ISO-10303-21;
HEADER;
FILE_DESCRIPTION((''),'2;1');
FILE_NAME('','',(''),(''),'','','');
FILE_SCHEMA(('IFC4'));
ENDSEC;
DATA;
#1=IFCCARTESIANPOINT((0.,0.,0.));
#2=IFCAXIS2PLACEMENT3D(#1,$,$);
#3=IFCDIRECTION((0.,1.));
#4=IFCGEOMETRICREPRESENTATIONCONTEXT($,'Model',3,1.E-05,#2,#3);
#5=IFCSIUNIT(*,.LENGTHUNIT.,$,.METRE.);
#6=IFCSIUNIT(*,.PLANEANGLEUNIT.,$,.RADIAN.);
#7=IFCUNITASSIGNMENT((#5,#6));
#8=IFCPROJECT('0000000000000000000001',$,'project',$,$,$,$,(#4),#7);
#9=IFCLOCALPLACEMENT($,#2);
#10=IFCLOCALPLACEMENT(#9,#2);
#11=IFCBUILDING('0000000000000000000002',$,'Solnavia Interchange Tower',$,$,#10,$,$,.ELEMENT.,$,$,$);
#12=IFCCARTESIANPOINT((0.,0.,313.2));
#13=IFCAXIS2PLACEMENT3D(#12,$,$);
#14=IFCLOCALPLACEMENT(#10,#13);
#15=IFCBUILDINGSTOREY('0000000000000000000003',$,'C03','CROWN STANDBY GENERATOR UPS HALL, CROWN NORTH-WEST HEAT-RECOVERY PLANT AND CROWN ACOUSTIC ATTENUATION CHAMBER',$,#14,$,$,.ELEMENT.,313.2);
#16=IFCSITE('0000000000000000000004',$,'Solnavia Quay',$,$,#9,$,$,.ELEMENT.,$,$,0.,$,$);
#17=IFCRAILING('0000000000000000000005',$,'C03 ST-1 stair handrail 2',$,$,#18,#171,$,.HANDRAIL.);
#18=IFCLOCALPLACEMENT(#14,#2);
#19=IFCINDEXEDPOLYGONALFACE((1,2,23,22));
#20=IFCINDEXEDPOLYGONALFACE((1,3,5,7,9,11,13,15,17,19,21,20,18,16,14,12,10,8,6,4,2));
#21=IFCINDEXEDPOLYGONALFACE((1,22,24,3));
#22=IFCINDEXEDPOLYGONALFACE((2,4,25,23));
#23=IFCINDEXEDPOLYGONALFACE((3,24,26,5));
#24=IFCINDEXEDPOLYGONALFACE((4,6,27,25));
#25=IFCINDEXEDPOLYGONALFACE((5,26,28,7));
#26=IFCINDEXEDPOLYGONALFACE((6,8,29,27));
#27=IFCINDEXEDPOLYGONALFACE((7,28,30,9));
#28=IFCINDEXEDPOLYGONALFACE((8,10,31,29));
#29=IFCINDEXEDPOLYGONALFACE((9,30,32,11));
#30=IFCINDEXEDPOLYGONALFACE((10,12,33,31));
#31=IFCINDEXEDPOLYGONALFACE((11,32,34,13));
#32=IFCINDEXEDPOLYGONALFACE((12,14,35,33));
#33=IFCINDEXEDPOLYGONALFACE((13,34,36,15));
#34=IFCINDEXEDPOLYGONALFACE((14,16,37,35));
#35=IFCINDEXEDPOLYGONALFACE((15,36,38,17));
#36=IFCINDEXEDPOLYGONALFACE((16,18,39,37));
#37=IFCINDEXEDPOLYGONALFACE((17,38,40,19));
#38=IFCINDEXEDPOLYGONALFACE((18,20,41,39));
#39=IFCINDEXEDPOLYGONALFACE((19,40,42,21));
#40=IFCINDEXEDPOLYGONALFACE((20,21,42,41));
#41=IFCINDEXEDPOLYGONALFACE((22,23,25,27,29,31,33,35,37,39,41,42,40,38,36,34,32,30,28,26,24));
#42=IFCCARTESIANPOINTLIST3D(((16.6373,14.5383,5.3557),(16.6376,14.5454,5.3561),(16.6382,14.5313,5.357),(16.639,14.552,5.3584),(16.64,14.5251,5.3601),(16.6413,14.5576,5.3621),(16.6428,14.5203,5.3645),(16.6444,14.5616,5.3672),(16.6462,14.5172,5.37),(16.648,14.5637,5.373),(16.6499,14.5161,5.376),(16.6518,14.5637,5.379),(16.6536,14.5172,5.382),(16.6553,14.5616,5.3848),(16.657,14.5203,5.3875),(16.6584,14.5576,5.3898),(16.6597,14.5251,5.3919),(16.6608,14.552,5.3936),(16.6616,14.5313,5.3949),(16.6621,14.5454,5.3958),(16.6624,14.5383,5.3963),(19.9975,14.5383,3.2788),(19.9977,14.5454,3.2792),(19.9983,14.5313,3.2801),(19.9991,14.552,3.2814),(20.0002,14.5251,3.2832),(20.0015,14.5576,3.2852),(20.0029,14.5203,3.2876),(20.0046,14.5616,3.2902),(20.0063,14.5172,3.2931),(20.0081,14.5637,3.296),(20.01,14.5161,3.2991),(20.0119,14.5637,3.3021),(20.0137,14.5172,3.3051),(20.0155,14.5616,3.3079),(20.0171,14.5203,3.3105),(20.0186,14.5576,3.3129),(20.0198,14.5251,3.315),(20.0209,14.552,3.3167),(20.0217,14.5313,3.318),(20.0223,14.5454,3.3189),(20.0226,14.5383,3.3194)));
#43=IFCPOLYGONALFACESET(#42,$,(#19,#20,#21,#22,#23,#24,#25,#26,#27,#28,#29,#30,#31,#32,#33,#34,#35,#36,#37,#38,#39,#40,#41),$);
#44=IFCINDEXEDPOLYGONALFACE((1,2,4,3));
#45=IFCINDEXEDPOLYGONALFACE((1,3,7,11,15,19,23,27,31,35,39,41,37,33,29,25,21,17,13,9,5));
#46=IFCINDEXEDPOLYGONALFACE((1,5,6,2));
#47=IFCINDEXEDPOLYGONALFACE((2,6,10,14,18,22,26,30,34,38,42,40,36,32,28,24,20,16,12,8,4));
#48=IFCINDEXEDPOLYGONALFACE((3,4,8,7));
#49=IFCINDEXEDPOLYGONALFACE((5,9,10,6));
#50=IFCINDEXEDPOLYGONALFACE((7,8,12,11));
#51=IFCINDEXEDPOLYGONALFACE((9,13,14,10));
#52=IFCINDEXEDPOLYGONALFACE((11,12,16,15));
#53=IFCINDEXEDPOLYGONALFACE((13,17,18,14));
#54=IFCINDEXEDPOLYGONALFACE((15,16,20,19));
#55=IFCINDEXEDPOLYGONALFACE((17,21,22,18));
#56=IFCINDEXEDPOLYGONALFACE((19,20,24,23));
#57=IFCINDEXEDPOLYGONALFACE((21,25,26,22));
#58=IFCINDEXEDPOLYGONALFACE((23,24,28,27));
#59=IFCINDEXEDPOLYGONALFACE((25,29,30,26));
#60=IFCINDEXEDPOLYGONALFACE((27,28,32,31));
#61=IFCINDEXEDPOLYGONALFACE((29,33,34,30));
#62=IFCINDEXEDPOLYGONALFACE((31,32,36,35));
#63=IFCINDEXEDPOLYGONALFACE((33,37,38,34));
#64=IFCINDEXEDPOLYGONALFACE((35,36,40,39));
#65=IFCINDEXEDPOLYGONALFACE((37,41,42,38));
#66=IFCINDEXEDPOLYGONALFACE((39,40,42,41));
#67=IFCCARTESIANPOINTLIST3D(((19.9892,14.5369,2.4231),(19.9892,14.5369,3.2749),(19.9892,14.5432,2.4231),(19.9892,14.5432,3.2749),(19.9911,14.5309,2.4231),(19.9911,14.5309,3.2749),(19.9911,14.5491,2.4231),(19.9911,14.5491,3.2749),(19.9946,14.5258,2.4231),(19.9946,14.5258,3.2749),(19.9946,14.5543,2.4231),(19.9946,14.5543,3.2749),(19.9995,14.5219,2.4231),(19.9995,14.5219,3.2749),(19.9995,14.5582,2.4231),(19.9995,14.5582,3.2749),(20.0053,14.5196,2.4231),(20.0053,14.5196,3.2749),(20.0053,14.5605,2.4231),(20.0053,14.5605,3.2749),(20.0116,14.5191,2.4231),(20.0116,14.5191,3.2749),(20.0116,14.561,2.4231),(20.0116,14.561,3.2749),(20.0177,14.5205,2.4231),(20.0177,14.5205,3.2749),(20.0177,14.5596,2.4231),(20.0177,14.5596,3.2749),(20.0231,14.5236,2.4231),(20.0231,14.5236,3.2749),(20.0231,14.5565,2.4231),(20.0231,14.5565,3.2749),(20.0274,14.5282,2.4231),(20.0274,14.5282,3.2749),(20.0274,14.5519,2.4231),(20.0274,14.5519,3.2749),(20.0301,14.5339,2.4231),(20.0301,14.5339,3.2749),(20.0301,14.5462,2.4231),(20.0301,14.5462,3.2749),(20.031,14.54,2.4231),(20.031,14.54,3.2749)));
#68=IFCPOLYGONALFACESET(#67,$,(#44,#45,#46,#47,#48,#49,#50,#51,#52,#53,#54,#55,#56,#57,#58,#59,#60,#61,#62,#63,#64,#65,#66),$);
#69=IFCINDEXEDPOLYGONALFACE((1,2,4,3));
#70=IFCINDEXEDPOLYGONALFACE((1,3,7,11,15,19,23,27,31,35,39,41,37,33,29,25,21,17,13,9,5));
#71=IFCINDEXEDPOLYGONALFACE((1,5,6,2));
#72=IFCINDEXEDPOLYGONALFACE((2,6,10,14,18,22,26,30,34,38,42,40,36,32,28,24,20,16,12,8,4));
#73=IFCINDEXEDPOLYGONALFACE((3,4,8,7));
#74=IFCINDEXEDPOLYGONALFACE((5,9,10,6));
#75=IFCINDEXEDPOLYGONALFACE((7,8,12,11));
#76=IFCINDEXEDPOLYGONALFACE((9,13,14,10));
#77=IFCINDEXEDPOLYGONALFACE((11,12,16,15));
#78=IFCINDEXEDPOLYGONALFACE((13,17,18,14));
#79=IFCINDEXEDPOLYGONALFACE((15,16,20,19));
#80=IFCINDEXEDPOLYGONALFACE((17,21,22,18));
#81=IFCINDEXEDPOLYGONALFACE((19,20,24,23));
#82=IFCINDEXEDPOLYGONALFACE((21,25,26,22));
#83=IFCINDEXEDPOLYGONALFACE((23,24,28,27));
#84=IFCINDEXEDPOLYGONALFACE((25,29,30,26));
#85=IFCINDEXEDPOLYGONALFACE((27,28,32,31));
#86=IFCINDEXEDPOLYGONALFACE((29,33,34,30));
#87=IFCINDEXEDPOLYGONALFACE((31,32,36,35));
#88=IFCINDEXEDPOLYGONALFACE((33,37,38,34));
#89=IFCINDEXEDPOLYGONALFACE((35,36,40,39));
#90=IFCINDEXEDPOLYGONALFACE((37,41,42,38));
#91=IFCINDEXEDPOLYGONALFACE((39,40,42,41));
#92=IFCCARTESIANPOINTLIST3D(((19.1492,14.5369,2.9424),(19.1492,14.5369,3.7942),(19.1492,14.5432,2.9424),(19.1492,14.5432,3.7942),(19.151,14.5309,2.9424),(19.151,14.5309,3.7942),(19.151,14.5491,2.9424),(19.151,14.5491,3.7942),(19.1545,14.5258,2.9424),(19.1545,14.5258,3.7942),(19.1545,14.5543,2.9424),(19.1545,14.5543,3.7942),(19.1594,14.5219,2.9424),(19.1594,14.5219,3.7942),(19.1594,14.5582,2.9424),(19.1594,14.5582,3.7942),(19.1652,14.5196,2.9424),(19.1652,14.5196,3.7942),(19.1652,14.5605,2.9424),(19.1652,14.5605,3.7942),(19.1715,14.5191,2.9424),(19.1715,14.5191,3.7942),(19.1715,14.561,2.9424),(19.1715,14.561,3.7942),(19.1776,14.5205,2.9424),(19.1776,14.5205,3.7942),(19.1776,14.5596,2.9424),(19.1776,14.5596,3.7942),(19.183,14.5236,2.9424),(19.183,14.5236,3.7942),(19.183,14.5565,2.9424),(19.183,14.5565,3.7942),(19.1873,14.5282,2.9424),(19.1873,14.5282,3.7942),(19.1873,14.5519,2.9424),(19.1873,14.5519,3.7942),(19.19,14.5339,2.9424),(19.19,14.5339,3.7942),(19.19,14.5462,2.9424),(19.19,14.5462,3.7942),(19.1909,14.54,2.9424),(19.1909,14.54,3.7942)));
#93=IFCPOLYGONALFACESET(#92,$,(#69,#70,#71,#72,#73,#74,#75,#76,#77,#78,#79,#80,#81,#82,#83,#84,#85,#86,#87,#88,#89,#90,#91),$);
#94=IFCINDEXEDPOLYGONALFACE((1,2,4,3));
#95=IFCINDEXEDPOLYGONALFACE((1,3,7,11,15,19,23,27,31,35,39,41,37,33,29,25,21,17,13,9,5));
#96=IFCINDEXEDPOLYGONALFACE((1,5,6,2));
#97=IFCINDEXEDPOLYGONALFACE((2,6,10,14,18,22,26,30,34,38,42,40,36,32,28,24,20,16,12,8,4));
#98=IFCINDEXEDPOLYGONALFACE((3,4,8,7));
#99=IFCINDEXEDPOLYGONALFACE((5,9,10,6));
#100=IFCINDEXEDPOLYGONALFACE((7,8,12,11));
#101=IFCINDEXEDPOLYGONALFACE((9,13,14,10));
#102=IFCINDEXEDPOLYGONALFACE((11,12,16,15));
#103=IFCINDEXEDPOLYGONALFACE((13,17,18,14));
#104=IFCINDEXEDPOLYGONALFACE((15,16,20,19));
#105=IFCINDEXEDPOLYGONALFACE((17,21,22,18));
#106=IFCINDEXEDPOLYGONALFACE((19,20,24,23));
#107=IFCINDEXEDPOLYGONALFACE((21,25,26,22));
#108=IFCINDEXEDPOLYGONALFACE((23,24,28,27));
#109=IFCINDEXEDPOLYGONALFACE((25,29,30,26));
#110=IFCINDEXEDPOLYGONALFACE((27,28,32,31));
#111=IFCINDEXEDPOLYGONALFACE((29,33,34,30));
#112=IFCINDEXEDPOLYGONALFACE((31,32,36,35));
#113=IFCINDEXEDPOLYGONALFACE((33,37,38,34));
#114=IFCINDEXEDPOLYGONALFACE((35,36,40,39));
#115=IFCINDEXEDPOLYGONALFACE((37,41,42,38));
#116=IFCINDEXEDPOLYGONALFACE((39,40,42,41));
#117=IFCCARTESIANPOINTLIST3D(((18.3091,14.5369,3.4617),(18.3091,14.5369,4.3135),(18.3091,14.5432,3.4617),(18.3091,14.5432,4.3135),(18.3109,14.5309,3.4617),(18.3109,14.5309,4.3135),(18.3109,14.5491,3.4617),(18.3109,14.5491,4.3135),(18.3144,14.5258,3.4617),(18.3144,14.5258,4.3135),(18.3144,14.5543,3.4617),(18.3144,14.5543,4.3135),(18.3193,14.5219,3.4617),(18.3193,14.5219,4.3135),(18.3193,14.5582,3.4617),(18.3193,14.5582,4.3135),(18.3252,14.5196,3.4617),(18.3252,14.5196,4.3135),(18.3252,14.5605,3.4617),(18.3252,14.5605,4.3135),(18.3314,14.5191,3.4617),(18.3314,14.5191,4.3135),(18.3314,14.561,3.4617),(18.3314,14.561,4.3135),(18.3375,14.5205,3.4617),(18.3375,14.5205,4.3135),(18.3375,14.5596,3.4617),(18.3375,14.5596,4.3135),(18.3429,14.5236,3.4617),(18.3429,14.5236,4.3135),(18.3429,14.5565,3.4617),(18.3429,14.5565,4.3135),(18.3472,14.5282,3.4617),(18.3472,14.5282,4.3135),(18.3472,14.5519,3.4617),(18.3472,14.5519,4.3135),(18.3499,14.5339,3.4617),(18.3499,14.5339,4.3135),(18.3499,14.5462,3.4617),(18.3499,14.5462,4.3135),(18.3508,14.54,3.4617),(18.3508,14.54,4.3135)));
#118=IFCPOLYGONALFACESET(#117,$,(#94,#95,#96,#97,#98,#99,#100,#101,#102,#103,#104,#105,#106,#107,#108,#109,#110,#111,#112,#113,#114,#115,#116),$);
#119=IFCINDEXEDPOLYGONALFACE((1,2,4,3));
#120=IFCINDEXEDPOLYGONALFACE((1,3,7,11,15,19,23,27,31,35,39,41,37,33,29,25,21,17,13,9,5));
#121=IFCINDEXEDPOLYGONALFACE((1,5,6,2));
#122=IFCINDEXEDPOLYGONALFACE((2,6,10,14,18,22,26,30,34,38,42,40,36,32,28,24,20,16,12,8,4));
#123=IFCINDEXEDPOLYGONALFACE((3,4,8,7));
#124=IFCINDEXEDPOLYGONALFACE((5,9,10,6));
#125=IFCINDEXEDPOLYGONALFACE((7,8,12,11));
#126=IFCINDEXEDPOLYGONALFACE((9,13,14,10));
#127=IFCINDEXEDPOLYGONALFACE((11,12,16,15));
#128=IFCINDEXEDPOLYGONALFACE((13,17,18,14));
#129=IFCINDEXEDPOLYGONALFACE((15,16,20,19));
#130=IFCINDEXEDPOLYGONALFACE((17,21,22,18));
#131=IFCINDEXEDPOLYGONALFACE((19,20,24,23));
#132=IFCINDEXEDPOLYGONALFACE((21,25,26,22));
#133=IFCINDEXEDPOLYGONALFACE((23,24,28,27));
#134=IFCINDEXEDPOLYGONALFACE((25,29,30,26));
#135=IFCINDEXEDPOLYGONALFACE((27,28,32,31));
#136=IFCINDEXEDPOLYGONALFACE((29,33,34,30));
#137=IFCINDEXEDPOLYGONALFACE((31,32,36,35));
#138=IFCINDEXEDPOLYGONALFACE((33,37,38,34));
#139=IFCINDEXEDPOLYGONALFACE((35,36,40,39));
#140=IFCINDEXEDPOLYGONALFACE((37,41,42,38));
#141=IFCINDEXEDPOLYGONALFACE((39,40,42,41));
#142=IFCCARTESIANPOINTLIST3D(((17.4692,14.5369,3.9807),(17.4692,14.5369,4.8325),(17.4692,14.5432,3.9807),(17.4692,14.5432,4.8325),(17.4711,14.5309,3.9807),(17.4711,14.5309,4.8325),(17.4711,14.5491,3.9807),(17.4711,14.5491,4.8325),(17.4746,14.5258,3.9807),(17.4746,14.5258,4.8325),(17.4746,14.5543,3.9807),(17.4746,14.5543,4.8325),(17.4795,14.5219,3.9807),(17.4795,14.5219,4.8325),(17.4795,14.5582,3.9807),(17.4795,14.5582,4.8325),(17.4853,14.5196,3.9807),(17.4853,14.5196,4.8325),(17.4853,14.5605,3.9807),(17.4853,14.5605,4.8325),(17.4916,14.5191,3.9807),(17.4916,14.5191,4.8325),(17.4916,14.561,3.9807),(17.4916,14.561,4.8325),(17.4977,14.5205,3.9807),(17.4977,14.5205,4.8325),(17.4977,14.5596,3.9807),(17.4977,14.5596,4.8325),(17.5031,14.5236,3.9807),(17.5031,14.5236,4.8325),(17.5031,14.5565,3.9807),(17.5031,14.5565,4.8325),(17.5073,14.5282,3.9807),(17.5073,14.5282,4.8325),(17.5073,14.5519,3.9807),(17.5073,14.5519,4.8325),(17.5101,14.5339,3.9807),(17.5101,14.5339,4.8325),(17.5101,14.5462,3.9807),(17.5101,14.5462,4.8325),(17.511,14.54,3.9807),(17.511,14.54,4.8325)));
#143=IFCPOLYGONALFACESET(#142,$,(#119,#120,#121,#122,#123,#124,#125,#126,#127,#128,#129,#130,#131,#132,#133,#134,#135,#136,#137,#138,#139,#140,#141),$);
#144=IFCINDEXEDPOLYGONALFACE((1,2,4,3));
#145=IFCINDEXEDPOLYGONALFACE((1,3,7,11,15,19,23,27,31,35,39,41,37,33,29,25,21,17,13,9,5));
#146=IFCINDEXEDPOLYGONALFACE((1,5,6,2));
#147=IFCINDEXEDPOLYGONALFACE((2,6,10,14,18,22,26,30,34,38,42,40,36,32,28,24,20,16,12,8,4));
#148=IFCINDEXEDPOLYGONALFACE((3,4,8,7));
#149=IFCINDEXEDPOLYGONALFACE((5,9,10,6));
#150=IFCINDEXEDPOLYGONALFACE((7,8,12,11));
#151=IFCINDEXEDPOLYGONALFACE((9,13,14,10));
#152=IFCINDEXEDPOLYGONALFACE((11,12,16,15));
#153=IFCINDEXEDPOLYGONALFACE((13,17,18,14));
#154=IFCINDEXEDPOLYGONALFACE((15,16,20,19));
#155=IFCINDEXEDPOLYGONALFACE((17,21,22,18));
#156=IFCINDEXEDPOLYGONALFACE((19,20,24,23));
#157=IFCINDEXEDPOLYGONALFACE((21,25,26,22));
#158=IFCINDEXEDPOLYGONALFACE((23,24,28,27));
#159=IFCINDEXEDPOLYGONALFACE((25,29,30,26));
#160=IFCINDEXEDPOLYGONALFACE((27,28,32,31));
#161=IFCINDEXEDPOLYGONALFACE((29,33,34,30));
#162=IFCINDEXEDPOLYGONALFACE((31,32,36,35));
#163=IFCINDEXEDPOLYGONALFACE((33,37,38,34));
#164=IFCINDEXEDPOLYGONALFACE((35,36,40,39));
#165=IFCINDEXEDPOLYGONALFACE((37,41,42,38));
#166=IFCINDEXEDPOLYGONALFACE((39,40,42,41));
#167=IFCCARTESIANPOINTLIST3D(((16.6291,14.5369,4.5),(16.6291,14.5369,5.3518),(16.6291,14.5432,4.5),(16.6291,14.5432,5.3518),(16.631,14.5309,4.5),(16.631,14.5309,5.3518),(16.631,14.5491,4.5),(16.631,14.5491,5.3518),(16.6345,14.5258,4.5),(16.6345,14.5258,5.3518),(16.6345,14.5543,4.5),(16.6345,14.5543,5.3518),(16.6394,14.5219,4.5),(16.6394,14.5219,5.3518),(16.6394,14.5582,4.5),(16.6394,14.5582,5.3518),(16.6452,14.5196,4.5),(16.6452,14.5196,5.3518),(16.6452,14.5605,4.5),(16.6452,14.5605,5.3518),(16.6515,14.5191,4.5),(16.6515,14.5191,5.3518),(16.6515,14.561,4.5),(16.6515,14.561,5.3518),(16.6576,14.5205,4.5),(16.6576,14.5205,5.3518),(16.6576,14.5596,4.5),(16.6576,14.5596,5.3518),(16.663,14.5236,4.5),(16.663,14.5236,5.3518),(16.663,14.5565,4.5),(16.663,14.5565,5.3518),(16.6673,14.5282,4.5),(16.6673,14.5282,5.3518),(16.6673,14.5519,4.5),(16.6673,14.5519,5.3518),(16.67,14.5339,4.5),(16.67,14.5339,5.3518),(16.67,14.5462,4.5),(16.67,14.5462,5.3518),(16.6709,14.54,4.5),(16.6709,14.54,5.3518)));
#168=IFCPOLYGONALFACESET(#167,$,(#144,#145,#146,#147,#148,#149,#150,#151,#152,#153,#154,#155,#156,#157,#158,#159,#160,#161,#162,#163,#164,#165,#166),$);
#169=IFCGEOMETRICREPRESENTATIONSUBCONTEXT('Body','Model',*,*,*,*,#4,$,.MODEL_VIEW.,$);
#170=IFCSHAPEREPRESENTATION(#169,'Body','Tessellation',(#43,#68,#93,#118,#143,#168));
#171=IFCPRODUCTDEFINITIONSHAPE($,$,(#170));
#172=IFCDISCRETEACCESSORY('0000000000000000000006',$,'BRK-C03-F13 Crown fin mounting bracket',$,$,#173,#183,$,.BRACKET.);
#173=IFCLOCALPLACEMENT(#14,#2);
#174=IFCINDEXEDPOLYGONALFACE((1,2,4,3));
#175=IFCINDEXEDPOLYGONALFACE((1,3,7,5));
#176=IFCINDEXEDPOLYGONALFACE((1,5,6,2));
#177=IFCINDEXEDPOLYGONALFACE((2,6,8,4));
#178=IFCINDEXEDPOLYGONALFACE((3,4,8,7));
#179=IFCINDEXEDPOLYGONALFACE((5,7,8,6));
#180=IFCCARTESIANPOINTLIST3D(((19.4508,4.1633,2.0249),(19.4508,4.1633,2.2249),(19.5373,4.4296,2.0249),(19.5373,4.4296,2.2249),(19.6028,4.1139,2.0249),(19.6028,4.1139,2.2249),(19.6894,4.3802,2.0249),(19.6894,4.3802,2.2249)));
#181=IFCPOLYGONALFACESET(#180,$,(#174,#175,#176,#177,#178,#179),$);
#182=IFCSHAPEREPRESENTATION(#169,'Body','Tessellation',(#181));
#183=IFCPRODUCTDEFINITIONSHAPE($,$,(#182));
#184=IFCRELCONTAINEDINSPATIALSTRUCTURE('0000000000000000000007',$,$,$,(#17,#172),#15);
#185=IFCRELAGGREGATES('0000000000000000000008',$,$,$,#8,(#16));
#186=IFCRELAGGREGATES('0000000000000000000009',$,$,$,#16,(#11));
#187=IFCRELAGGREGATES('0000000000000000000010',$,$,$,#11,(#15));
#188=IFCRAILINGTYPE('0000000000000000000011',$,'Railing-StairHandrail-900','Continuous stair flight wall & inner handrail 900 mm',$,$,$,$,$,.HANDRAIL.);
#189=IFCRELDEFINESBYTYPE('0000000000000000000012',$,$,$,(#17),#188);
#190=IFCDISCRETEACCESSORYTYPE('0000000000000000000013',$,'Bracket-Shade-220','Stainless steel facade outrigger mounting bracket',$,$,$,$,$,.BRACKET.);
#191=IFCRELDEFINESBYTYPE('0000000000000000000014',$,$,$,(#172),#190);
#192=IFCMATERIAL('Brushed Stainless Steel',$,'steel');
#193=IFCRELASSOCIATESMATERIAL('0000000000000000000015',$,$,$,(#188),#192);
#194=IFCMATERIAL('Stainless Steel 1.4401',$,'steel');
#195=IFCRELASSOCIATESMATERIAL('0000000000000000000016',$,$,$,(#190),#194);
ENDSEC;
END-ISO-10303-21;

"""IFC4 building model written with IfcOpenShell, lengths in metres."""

from ifc_helpers import new_model, si_unit, direction, frame, origin, origin_2d, place, context, subcontext, project, spatial, rectangle, circle, extrude, material, type_object, element, save


model = new_model("IFC4")

# Units and contexts
model_context = context("Model", 3, precision=1e-05, world=origin(), true_north=direction((0.0, 1.0)))
body_context = subcontext(model_context, "Body", "Model", "MODEL_VIEW")
ifc_project = project(units=[si_unit("LENGTHUNIT", "METRE"), si_unit("PLANEANGLEUNIT", "RADIAN")], contexts=[model_context])

# Site, building, storey
site_placement = place(None, origin())
site = spatial("IfcSite", under=ifc_project, at=site_placement, Name="Solnavia Quay", CompositionType="ELEMENT", RefElevation=0.0)
building_placement = place(site_placement, origin())
building = spatial("IfcBuilding", under=site, at=building_placement, Name="Solnavia Interchange Tower", CompositionType="ELEMENT")
storey_placement = place(building_placement, frame((0.0, 0.0, 313.2)))
storey = spatial("IfcBuildingStorey", under=building, at=storey_placement, Name="C03", Description="CROWN STANDBY GENERATOR UPS HALL, CROWN NORTH-WEST HEAT-RECOVERY PLANT AND CROWN ACOUSTIC ATTENUATION CHAMBER", CompositionType="ELEMENT", Elevation=313.2)

# Railing
ifc_material_1 = material(Name="Brushed Stainless Steel", Category="steel")
railing_type_1 = type_object("IfcRailingType", Name="Railing-StairHandrail-900", Description="Continuous stair flight wall & inner handrail 900 mm", PredefinedType="HANDRAIL", material=ifc_material_1)
railing_1_placement = place(storey_placement, frame((20.01, 14.54, 2.4231)))
element("IfcRailing", 1, at=railing_1_placement, inside=storey, type_object=railing_type_1, Name="C03 ST-1 stair handrail 2", PredefinedType="HANDRAIL", context=body_context, shape_type="SweptSolid", body=[
    extrude(circle(Radius=0.0239, at=origin_2d()), frame((0.0, 0.0, 0.876), z_axis=(-0.850623, 0.0, 0.525776), x_axis=(0.0, -1.0, 0.0)), (0.0, 0.0, 1.0), 3.9502),
    extrude(circle(Radius=0.021, at=origin_2d()), origin(), (0.0, 0.0, 1.0), 0.8518),
    extrude(circle(Radius=0.021, at=origin_2d()), frame((-0.8401, 0.0, 0.5193)), (0.0, 0.0, 1.0), 0.8518),
    extrude(circle(Radius=0.021, at=origin_2d()), frame((-1.6802, 0.0, 1.0386)), (0.0, 0.0, 1.0), 0.8518),
    extrude(circle(Radius=0.021, at=origin_2d()), frame((-2.52, 0.0, 1.5576)), (0.0, 0.0, 1.0), 0.8518),
    extrude(circle(Radius=0.021, at=origin_2d()), frame((-3.3601, 0.0, 2.0769)), (0.0, 0.0, 1.0), 0.8518),
])

# Discrete accessory
ifc_material_2 = material(Name="Stainless Steel 1.4401", Category="steel")
discrete_accessory_type = type_object("IfcDiscreteAccessoryType", Name="Bracket-Shade-220", Description="Stainless steel facade outrigger mounting bracket", PredefinedType="BRACKET", material=ifc_material_2)
discrete_accessory_placement = place(storey_placement, frame((19.5701, 4.2717, 2.0249), z_axis=(0.0, 0.0, 1.0), x_axis=(-0.309017, -0.951057, 0.0)))
element("IfcDiscreteAccessory", 2, at=discrete_accessory_placement, inside=storey, type_object=discrete_accessory_type, Name="BRK-C03-F13 Crown fin mounting bracket", PredefinedType="BRACKET", context=body_context, shape_type="SweptSolid", body=[
    extrude(rectangle(XDim=0.28, YDim=0.1599, at=origin_2d()), origin(), (0.0, 0.0, 1.0), 0.2),
])

save(model, "model.ifc")
